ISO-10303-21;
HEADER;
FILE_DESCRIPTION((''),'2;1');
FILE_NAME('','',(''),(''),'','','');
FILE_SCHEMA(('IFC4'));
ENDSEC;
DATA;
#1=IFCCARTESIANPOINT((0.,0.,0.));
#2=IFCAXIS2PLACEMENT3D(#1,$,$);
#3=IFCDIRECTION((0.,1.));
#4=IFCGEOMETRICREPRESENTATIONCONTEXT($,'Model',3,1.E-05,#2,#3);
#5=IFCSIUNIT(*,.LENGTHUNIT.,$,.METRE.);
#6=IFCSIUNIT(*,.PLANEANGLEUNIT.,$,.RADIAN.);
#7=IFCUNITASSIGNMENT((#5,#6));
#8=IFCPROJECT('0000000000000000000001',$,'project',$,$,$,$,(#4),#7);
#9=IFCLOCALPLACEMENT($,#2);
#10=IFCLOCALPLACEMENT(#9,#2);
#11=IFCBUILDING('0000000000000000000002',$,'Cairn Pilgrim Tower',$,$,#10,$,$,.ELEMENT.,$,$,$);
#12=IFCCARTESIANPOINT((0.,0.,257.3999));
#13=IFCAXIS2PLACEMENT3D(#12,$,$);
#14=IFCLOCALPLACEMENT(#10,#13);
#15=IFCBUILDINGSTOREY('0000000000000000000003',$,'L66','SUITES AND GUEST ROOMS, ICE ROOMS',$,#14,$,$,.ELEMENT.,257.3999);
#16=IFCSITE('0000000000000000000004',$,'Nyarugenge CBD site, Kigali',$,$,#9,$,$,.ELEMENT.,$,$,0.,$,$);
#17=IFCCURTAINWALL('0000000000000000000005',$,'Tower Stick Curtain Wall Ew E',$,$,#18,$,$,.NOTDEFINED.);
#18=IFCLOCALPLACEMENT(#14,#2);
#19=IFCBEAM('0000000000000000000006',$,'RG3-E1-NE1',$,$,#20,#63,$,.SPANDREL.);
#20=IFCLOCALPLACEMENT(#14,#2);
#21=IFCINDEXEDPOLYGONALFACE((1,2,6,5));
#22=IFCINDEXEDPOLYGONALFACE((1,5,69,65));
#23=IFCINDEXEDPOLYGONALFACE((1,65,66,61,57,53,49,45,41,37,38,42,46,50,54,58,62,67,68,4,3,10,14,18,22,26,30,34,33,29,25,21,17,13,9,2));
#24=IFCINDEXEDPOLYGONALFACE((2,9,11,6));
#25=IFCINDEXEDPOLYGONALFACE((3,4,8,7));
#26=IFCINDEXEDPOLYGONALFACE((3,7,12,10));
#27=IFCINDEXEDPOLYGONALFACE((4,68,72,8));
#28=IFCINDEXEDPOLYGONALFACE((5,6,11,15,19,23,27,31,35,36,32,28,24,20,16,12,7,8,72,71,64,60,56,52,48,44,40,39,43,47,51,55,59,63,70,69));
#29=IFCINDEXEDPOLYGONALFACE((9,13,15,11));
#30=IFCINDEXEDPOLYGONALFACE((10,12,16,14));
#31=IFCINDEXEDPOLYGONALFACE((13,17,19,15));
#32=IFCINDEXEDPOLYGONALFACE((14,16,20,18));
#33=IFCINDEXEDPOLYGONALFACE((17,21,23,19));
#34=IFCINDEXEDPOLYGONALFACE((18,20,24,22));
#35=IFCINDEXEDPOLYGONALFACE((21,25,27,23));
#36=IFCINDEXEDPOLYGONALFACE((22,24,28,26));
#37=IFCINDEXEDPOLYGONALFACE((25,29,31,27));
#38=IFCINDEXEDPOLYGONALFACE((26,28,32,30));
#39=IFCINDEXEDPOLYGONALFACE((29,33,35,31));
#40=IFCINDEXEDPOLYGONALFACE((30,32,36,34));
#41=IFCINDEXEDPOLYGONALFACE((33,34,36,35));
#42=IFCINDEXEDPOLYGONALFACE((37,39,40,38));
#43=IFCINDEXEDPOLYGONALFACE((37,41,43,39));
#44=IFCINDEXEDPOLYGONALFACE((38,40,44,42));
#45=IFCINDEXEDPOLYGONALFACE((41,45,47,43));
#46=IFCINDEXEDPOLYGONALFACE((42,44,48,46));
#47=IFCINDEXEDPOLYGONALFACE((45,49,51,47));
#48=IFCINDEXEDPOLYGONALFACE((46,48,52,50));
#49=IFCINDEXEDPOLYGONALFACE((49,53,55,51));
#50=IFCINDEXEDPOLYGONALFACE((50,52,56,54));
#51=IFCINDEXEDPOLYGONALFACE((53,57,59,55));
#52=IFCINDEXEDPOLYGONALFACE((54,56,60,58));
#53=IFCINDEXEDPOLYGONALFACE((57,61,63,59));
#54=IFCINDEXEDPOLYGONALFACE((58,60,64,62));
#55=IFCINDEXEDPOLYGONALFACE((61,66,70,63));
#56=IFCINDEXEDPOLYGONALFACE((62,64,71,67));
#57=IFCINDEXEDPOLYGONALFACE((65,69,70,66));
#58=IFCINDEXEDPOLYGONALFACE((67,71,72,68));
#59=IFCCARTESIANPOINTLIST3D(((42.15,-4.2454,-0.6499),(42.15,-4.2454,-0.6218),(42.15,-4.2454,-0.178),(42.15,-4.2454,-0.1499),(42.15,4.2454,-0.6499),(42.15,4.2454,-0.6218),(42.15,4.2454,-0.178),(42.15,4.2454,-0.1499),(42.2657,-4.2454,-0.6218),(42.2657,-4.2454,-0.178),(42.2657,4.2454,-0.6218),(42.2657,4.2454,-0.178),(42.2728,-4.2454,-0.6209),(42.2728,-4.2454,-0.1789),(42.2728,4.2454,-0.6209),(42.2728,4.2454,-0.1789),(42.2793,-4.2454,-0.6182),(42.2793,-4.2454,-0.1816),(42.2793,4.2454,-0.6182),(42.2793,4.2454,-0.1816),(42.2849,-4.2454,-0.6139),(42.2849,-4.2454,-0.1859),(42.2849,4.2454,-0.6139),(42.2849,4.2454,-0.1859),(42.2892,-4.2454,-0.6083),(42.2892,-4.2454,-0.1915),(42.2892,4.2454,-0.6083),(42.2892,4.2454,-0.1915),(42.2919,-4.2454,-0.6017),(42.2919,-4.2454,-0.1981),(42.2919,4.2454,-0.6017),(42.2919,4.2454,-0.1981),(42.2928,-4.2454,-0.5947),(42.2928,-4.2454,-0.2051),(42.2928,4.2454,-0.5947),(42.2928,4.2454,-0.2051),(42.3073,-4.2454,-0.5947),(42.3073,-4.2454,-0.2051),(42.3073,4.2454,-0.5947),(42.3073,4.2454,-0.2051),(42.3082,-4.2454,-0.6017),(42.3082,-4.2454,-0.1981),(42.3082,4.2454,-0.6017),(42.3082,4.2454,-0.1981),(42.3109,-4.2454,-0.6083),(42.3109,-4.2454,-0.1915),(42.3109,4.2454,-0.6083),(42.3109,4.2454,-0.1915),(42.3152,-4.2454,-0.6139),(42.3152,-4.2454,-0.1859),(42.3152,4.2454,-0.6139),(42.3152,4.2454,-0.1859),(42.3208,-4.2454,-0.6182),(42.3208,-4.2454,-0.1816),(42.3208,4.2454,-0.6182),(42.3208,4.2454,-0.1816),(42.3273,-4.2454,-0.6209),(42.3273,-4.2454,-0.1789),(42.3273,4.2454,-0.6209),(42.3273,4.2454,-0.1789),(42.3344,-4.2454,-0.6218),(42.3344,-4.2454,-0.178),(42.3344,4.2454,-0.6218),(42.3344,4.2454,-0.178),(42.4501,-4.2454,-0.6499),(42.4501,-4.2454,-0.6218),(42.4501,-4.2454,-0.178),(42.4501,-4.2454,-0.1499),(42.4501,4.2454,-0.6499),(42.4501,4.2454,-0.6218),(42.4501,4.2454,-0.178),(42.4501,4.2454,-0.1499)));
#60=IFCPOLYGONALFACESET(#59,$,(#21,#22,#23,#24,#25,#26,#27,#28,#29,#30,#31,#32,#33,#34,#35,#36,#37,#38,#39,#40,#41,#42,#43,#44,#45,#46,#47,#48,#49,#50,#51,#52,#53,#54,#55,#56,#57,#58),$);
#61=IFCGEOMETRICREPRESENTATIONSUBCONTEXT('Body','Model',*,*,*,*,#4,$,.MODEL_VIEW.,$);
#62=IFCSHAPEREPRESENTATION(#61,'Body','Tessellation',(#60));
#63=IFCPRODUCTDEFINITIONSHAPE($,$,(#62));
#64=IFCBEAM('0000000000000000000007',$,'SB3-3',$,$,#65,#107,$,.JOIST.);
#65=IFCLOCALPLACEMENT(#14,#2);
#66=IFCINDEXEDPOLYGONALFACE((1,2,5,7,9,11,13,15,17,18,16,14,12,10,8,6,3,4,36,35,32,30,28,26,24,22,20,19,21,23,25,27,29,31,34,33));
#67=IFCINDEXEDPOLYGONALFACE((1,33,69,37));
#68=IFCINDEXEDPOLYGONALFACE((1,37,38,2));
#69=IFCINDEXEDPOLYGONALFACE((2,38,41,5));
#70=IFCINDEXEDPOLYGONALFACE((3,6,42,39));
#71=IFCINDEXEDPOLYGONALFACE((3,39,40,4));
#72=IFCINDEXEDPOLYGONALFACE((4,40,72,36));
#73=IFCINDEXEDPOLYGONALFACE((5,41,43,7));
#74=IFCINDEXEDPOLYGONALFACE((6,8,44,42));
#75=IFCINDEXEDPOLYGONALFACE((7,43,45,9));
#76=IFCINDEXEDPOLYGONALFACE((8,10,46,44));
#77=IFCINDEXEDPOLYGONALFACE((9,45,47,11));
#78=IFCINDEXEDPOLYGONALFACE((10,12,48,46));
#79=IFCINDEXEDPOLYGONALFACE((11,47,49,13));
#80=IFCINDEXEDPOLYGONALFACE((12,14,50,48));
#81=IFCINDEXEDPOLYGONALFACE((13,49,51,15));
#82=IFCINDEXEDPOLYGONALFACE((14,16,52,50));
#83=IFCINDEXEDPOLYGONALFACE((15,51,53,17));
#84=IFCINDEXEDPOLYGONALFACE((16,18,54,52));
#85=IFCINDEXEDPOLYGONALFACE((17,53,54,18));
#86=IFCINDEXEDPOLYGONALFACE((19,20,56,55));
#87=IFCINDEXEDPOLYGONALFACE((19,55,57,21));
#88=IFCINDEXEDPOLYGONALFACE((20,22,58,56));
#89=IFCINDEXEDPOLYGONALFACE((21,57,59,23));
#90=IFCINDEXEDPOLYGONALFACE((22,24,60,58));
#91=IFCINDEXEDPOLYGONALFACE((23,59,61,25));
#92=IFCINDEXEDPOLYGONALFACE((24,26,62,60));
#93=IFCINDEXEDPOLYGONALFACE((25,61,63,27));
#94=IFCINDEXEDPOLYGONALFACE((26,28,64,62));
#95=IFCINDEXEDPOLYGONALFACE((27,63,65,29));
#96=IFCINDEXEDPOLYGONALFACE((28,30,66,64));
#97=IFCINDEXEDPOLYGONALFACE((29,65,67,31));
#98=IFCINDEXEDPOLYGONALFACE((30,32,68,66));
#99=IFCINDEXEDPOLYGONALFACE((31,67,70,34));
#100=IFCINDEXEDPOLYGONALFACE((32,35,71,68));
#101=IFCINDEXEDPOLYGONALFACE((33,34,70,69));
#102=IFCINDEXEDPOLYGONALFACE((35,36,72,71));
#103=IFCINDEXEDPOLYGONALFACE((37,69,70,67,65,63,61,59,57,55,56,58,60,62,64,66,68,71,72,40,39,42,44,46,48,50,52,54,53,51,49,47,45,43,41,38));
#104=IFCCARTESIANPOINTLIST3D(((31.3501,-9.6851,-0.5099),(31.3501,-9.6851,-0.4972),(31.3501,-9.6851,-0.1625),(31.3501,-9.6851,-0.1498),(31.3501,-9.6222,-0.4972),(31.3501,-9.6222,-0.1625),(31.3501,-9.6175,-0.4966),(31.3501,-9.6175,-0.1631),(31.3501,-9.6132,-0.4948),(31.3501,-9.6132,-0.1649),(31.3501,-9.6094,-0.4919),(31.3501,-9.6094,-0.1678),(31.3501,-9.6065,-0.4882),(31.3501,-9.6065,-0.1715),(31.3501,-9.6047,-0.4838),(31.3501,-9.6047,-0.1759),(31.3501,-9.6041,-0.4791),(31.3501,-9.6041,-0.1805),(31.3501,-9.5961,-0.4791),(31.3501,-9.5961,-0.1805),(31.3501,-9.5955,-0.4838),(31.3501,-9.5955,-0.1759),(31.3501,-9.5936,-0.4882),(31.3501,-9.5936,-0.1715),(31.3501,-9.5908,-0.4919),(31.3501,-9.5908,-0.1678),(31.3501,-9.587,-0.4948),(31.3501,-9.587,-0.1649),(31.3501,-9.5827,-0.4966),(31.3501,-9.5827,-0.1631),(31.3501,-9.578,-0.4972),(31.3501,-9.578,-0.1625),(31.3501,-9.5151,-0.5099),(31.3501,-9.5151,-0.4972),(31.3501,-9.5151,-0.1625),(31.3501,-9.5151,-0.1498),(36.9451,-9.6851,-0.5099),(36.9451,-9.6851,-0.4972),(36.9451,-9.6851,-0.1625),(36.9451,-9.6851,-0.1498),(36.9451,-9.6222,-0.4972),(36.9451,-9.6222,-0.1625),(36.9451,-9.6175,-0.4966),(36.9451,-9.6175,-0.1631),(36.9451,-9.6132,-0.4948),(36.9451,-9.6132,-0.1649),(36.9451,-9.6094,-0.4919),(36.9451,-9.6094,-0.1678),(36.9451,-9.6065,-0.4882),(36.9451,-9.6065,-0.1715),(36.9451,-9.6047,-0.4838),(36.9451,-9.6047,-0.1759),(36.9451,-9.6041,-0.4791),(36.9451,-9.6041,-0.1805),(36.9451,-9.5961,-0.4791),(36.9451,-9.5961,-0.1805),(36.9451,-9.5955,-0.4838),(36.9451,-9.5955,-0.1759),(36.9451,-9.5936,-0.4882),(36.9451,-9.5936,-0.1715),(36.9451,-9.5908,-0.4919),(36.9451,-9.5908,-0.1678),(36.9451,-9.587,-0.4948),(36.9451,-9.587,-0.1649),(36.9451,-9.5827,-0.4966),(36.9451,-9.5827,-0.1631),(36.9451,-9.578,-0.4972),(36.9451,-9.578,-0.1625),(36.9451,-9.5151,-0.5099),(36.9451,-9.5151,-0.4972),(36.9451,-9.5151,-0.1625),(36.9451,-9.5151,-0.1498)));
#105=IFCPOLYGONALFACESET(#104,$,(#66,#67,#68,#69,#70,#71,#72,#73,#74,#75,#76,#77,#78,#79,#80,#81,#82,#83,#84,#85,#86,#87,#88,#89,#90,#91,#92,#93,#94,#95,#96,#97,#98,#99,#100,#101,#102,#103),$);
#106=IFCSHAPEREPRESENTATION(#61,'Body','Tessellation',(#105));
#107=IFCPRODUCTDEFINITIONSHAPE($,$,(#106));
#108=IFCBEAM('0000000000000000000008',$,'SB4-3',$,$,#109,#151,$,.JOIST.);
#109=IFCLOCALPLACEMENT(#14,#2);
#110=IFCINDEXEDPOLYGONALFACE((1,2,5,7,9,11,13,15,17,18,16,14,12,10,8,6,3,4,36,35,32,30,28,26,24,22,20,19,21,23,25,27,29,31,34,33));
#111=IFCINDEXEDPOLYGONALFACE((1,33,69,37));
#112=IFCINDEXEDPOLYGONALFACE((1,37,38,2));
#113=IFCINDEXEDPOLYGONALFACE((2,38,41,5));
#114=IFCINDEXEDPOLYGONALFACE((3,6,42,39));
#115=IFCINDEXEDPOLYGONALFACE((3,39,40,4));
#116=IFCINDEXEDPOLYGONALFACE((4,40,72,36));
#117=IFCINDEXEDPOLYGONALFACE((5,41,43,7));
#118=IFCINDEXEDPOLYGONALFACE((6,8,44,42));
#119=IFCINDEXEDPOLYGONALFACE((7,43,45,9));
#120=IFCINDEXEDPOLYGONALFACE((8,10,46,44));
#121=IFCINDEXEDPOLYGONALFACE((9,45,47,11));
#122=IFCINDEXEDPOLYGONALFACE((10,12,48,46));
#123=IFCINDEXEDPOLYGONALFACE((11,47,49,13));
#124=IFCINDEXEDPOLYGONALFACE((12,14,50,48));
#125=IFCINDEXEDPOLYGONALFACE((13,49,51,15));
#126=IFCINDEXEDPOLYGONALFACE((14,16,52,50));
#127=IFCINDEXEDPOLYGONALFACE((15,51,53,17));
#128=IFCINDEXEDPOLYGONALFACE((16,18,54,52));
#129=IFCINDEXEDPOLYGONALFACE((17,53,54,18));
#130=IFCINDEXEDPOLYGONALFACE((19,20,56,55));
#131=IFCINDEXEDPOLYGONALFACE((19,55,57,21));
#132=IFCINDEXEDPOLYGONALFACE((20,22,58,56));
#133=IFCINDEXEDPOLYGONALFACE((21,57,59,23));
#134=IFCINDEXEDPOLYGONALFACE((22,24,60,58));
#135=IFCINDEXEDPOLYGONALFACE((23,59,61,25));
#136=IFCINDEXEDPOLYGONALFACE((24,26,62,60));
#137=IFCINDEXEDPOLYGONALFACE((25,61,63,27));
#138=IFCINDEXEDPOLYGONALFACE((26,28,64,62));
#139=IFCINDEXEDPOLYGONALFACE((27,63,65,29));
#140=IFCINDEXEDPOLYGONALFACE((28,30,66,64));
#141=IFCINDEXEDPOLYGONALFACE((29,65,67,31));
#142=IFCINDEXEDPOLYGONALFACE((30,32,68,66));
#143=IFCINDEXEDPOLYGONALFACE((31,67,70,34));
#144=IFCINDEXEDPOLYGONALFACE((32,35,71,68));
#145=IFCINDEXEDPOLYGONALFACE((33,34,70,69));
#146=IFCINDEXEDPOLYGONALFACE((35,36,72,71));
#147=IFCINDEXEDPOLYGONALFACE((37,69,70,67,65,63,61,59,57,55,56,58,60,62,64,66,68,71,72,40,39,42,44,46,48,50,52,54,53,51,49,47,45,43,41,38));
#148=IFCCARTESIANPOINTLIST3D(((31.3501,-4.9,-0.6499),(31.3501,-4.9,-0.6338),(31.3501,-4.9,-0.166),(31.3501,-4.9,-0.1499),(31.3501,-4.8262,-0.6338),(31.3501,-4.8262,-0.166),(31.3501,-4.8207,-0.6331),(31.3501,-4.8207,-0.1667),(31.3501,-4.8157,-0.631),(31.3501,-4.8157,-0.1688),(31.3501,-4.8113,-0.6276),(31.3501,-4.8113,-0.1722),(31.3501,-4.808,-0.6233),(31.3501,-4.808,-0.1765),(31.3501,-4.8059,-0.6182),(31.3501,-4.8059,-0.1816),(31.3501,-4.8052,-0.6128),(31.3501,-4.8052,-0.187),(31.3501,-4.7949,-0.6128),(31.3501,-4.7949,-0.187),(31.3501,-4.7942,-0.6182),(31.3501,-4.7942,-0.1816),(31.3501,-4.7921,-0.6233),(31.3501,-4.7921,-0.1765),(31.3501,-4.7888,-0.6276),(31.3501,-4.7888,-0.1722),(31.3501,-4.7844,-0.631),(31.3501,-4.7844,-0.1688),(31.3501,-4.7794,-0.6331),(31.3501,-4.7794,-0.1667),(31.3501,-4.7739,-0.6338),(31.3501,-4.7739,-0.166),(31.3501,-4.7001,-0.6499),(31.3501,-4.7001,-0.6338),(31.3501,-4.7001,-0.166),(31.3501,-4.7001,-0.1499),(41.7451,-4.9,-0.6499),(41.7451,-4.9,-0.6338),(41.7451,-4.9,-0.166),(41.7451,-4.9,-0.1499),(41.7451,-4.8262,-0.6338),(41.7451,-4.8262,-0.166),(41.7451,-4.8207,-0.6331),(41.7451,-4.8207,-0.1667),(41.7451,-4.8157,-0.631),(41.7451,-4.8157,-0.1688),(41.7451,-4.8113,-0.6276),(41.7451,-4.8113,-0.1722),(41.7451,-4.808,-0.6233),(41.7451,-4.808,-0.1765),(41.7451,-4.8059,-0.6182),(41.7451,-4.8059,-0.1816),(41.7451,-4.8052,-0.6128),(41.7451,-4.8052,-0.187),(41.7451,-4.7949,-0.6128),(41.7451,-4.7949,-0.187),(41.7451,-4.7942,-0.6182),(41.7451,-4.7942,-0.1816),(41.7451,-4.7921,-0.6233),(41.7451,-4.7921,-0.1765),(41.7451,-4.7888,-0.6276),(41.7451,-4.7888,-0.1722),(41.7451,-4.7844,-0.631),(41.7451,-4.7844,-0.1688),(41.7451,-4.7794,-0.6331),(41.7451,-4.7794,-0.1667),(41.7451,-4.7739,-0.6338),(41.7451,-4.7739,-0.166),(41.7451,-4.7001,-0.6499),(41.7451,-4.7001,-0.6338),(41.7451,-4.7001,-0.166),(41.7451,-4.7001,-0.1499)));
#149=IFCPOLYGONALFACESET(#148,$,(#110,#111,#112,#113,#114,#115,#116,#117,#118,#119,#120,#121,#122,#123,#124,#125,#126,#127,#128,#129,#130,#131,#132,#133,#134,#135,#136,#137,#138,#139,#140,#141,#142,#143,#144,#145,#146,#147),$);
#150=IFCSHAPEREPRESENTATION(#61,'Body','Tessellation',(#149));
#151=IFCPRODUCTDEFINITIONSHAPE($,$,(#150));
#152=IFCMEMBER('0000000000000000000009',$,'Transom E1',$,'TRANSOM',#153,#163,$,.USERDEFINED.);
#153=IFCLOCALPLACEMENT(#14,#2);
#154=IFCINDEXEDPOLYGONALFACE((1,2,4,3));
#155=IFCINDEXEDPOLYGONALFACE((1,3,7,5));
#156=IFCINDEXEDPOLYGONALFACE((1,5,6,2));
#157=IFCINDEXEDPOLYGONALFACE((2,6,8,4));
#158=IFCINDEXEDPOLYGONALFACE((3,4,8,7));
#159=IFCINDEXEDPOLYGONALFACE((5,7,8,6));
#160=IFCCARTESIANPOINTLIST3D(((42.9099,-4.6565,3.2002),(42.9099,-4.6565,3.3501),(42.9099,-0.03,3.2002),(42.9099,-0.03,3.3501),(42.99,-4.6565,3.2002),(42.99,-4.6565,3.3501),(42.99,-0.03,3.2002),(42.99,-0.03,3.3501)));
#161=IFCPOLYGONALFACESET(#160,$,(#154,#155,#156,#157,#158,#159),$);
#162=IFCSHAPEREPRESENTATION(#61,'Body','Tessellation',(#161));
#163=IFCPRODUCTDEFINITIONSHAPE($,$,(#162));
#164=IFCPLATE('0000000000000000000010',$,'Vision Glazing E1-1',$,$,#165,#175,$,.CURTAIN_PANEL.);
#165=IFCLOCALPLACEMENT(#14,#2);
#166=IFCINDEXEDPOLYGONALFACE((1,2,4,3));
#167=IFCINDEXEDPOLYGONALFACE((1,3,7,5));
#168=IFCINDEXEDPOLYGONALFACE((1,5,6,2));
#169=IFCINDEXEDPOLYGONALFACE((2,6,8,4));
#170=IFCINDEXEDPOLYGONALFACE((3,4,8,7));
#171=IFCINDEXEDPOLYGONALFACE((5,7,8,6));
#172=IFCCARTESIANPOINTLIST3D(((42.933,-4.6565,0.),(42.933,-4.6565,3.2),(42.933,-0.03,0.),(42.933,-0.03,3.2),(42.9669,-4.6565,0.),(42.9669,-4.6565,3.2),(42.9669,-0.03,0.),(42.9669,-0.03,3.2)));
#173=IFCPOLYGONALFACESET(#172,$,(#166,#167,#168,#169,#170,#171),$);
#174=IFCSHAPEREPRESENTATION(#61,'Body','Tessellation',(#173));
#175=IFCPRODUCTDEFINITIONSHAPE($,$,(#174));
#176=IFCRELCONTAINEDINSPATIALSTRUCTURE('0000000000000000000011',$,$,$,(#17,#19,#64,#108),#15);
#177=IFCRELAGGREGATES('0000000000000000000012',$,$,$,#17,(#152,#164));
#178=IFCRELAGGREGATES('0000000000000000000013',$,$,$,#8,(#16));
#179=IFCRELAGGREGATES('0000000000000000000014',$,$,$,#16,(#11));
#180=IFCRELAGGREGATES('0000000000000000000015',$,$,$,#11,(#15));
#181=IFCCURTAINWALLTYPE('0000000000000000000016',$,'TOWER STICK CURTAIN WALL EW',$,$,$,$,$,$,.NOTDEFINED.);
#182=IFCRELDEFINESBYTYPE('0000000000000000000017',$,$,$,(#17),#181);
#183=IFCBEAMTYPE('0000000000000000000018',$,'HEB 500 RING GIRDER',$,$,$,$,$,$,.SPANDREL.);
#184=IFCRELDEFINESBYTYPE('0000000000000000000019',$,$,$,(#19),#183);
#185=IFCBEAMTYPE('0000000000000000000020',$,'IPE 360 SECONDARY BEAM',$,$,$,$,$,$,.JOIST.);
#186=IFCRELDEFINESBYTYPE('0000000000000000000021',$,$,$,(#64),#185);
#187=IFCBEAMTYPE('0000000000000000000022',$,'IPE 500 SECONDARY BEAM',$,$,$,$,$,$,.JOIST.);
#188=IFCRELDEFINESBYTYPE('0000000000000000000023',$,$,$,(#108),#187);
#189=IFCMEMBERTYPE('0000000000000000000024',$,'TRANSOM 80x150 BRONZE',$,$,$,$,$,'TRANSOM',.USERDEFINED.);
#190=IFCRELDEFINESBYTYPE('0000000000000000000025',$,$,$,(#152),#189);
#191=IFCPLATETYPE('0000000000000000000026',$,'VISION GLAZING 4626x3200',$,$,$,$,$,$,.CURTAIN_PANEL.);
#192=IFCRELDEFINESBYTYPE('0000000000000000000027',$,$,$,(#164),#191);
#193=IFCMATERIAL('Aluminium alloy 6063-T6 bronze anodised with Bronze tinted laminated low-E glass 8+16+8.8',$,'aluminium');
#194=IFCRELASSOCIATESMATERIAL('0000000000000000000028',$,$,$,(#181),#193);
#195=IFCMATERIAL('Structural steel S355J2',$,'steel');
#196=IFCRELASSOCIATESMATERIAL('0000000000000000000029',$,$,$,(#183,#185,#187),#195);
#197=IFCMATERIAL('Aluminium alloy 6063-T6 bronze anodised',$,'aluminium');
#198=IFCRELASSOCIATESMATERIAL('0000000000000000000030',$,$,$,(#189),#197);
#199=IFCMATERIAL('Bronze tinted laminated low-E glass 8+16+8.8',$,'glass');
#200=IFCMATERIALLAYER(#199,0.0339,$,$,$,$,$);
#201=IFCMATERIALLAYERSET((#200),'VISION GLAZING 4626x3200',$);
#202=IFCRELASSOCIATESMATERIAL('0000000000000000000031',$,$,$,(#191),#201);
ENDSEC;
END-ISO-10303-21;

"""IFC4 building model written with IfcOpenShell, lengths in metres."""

from ifc_helpers import new_model, si_unit, direction, frame, origin, origin_2d, place, context, subcontext, project, spatial, rectangle, i_section, extrude, material, layer, layer_set, material_profile, profile_set, type_object, element, aggregate, save


model = new_model("IFC4")

# Units and contexts
model_context = context("Model", 3, precision=1e-05, world=origin(), true_north=direction((0.0, 1.0)))
body_context = subcontext(model_context, "Body", "Model", "MODEL_VIEW")
ifc_project = project(units=[si_unit("LENGTHUNIT", "METRE"), si_unit("PLANEANGLEUNIT", "RADIAN")], contexts=[model_context])

# Site, building, storey
site_placement = place(None, origin())
site = spatial("IfcSite", under=ifc_project, at=site_placement, Name="Nyarugenge CBD site, Kigali", CompositionType="ELEMENT", RefElevation=0.0)
building_placement = place(site_placement, origin())
building = spatial("IfcBuilding", under=site, at=building_placement, Name="Cairn Pilgrim Tower", CompositionType="ELEMENT")
storey_placement = place(building_placement, frame((0.0, 0.0, 257.3999)))
storey = spatial("IfcBuildingStorey", under=building, at=storey_placement, Name="L66", Description="SUITES AND GUEST ROOMS, ICE ROOMS", CompositionType="ELEMENT", Elevation=257.3999)

# Shared definitions
ifc_material_1 = material(Name="Structural steel S355J2", Category="steel")

# Curtain wall
ifc_material_2 = material(Name="Aluminium alloy 6063-T6 bronze anodised with Bronze tinted laminated low-E glass 8+16+8.8", Category="aluminium")
ifc_material_3 = material(Name="Aluminium alloy 6063-T6 bronze anodised", Category="aluminium")
curtain_wall_type_1 = type_object("IfcCurtainWallType", Name="TOWER STICK CURTAIN WALL EW", PredefinedType="NOTDEFINED", material=ifc_material_2)
curtain_wall_1_placement = place(storey_placement, origin())
curtain_wall_1 = element("IfcCurtainWall", 1, at=curtain_wall_1_placement, inside=storey, type_object=curtain_wall_type_1, Name="Tower Stick Curtain Wall Ew E", PredefinedType="NOTDEFINED")

# Beams
ifc_material_profile_1 = material_profile(ifc_material_1, i_section(OverallWidth=0.3, OverallDepth=0.5, WebThickness=0.0144, FlangeThickness=0.0281, FilletRadius=0.0271, at=origin_2d()), Name="HEB 500")
ifc_profile_set_1 = profile_set([ifc_material_profile_1], Name="Structural steel S355J2")
beam_type_1 = type_object("IfcBeamType", Name="HEB 500 RING GIRDER", PredefinedType="SPANDREL", material=ifc_profile_set_1)
beam_1_placement = place(storey_placement, frame((42.3, -4.2454, -0.3999), z_axis=(0.0, 1.0, 0.0), x_axis=(-1.0, 0.0, 0.0)))
element("IfcBeam", 2, at=beam_1_placement, inside=storey, type_object=beam_type_1, Name="RG3-E1-NE1", PredefinedType="SPANDREL", context=body_context, shape_type="SweptSolid", body=[
    extrude(i_section(OverallWidth=0.3, OverallDepth=0.5, WebThickness=0.0144, FlangeThickness=0.0281, FilletRadius=0.0271, at=origin_2d()), origin(), (0.0, 0.0, 1.0), 8.4907),
])
ifc_material_profile_2 = material_profile(ifc_material_1, i_section(OverallWidth=0.1699, OverallDepth=0.3601, WebThickness=0.0081, FlangeThickness=0.0127, FilletRadius=0.0181, at=origin_2d()), Name="IPE 360")
ifc_profile_set_2 = profile_set([ifc_material_profile_2], Name="Structural steel S355J2")
beam_type_2 = type_object("IfcBeamType", Name="IPE 360 SECONDARY BEAM", PredefinedType="JOIST", material=ifc_profile_set_2)
beam_2_placement = place(storey_placement, frame((31.3501, -9.6001, -0.3298), z_axis=(1.0, 0.0, 0.0), x_axis=(0.0, 1.0, 0.0)))
element("IfcBeam", 3, at=beam_2_placement, inside=storey, type_object=beam_type_2, Name="SB3-3", PredefinedType="JOIST", context=body_context, shape_type="SweptSolid", body=[
    extrude(i_section(OverallWidth=0.1699, OverallDepth=0.3601, WebThickness=0.0081, FlangeThickness=0.0127, FilletRadius=0.0181, at=origin_2d()), origin(), (0.0, 0.0, 1.0), 5.595),
])
ifc_material_profile_3 = material_profile(ifc_material_1, i_section(OverallWidth=0.2, OverallDepth=0.5, WebThickness=0.0103, FlangeThickness=0.0161, FilletRadius=0.021, at=origin_2d()), Name="IPE 500")
ifc_profile_set_3 = profile_set([ifc_material_profile_3], Name="Structural steel S355J2")
beam_type_3 = type_object("IfcBeamType", Name="IPE 500 SECONDARY BEAM", PredefinedType="JOIST", material=ifc_profile_set_3)
beam_3_placement = place(storey_placement, frame((31.3501, -4.8, -0.3999), z_axis=(1.0, 0.0, 0.0), x_axis=(0.0, 1.0, 0.0)))
element("IfcBeam", 4, at=beam_3_placement, inside=storey, type_object=beam_type_3, Name="SB4-3", PredefinedType="JOIST", context=body_context, shape_type="SweptSolid", body=[
    extrude(i_section(OverallWidth=0.2, OverallDepth=0.5, WebThickness=0.0103, FlangeThickness=0.0161, FilletRadius=0.021, at=origin_2d()), origin(), (0.0, 0.0, 1.0), 10.395),
])

# Member
ifc_material_profile_4 = material_profile(ifc_material_3, rectangle(XDim=0.0801, YDim=0.1499, at=origin_2d()), Name="TRANSOM 80x150 BRONZE")
ifc_profile_set_4 = profile_set([ifc_material_profile_4], Name="Aluminium alloy 6063-T6 bronze anodised")
member_type_1 = type_object("IfcMemberType", Name="TRANSOM 80x150 BRONZE", ElementType="TRANSOM", PredefinedType="USERDEFINED", material=ifc_profile_set_4)
member_1_placement = place(storey_placement, frame((42.95, -4.6565, 3.2751), z_axis=(0.0, 1.0, 0.0), x_axis=(-1.0, 0.0, 0.0)))
member_1 = element("IfcMember", 5, at=member_1_placement, type_object=member_type_1, Name="Transom E1", ObjectType="TRANSOM", PredefinedType="USERDEFINED", context=body_context, shape_type="SweptSolid", body=[
    extrude(rectangle(XDim=0.0801, YDim=0.1499, at=origin_2d()), origin(), (0.0, 0.0, 1.0), 4.6265),
])

# Plate
ifc_material_4 = material(Name="Bronze tinted laminated low-E glass 8+16+8.8", Category="glass")
ifc_layer_1 = layer(ifc_material_4, 0.0339)
ifc_layer_set_1 = layer_set([ifc_layer_1], Name="VISION GLAZING 4626x3200")
plate_type = type_object("IfcPlateType", Name="VISION GLAZING 4626x3200", PredefinedType="CURTAIN_PANEL", material=ifc_layer_set_1)
plate_placement = place(storey_placement, frame((42.95, -2.3433, 0.0), z_axis=(0.0, 0.0, 1.0), x_axis=(0.0, 1.0, 0.0)))
plate = element("IfcPlate", 6, at=plate_placement, type_object=plate_type, Name="Vision Glazing E1-1", PredefinedType="CURTAIN_PANEL", context=body_context, shape_type="SweptSolid", body=[
    extrude(rectangle(XDim=4.6265, YDim=0.0339, at=origin_2d()), origin(), (0.0, 0.0, 1.0), 3.2),
])
aggregate(curtain_wall_1, [member_1, plate])

save(model, "model.ifc")
